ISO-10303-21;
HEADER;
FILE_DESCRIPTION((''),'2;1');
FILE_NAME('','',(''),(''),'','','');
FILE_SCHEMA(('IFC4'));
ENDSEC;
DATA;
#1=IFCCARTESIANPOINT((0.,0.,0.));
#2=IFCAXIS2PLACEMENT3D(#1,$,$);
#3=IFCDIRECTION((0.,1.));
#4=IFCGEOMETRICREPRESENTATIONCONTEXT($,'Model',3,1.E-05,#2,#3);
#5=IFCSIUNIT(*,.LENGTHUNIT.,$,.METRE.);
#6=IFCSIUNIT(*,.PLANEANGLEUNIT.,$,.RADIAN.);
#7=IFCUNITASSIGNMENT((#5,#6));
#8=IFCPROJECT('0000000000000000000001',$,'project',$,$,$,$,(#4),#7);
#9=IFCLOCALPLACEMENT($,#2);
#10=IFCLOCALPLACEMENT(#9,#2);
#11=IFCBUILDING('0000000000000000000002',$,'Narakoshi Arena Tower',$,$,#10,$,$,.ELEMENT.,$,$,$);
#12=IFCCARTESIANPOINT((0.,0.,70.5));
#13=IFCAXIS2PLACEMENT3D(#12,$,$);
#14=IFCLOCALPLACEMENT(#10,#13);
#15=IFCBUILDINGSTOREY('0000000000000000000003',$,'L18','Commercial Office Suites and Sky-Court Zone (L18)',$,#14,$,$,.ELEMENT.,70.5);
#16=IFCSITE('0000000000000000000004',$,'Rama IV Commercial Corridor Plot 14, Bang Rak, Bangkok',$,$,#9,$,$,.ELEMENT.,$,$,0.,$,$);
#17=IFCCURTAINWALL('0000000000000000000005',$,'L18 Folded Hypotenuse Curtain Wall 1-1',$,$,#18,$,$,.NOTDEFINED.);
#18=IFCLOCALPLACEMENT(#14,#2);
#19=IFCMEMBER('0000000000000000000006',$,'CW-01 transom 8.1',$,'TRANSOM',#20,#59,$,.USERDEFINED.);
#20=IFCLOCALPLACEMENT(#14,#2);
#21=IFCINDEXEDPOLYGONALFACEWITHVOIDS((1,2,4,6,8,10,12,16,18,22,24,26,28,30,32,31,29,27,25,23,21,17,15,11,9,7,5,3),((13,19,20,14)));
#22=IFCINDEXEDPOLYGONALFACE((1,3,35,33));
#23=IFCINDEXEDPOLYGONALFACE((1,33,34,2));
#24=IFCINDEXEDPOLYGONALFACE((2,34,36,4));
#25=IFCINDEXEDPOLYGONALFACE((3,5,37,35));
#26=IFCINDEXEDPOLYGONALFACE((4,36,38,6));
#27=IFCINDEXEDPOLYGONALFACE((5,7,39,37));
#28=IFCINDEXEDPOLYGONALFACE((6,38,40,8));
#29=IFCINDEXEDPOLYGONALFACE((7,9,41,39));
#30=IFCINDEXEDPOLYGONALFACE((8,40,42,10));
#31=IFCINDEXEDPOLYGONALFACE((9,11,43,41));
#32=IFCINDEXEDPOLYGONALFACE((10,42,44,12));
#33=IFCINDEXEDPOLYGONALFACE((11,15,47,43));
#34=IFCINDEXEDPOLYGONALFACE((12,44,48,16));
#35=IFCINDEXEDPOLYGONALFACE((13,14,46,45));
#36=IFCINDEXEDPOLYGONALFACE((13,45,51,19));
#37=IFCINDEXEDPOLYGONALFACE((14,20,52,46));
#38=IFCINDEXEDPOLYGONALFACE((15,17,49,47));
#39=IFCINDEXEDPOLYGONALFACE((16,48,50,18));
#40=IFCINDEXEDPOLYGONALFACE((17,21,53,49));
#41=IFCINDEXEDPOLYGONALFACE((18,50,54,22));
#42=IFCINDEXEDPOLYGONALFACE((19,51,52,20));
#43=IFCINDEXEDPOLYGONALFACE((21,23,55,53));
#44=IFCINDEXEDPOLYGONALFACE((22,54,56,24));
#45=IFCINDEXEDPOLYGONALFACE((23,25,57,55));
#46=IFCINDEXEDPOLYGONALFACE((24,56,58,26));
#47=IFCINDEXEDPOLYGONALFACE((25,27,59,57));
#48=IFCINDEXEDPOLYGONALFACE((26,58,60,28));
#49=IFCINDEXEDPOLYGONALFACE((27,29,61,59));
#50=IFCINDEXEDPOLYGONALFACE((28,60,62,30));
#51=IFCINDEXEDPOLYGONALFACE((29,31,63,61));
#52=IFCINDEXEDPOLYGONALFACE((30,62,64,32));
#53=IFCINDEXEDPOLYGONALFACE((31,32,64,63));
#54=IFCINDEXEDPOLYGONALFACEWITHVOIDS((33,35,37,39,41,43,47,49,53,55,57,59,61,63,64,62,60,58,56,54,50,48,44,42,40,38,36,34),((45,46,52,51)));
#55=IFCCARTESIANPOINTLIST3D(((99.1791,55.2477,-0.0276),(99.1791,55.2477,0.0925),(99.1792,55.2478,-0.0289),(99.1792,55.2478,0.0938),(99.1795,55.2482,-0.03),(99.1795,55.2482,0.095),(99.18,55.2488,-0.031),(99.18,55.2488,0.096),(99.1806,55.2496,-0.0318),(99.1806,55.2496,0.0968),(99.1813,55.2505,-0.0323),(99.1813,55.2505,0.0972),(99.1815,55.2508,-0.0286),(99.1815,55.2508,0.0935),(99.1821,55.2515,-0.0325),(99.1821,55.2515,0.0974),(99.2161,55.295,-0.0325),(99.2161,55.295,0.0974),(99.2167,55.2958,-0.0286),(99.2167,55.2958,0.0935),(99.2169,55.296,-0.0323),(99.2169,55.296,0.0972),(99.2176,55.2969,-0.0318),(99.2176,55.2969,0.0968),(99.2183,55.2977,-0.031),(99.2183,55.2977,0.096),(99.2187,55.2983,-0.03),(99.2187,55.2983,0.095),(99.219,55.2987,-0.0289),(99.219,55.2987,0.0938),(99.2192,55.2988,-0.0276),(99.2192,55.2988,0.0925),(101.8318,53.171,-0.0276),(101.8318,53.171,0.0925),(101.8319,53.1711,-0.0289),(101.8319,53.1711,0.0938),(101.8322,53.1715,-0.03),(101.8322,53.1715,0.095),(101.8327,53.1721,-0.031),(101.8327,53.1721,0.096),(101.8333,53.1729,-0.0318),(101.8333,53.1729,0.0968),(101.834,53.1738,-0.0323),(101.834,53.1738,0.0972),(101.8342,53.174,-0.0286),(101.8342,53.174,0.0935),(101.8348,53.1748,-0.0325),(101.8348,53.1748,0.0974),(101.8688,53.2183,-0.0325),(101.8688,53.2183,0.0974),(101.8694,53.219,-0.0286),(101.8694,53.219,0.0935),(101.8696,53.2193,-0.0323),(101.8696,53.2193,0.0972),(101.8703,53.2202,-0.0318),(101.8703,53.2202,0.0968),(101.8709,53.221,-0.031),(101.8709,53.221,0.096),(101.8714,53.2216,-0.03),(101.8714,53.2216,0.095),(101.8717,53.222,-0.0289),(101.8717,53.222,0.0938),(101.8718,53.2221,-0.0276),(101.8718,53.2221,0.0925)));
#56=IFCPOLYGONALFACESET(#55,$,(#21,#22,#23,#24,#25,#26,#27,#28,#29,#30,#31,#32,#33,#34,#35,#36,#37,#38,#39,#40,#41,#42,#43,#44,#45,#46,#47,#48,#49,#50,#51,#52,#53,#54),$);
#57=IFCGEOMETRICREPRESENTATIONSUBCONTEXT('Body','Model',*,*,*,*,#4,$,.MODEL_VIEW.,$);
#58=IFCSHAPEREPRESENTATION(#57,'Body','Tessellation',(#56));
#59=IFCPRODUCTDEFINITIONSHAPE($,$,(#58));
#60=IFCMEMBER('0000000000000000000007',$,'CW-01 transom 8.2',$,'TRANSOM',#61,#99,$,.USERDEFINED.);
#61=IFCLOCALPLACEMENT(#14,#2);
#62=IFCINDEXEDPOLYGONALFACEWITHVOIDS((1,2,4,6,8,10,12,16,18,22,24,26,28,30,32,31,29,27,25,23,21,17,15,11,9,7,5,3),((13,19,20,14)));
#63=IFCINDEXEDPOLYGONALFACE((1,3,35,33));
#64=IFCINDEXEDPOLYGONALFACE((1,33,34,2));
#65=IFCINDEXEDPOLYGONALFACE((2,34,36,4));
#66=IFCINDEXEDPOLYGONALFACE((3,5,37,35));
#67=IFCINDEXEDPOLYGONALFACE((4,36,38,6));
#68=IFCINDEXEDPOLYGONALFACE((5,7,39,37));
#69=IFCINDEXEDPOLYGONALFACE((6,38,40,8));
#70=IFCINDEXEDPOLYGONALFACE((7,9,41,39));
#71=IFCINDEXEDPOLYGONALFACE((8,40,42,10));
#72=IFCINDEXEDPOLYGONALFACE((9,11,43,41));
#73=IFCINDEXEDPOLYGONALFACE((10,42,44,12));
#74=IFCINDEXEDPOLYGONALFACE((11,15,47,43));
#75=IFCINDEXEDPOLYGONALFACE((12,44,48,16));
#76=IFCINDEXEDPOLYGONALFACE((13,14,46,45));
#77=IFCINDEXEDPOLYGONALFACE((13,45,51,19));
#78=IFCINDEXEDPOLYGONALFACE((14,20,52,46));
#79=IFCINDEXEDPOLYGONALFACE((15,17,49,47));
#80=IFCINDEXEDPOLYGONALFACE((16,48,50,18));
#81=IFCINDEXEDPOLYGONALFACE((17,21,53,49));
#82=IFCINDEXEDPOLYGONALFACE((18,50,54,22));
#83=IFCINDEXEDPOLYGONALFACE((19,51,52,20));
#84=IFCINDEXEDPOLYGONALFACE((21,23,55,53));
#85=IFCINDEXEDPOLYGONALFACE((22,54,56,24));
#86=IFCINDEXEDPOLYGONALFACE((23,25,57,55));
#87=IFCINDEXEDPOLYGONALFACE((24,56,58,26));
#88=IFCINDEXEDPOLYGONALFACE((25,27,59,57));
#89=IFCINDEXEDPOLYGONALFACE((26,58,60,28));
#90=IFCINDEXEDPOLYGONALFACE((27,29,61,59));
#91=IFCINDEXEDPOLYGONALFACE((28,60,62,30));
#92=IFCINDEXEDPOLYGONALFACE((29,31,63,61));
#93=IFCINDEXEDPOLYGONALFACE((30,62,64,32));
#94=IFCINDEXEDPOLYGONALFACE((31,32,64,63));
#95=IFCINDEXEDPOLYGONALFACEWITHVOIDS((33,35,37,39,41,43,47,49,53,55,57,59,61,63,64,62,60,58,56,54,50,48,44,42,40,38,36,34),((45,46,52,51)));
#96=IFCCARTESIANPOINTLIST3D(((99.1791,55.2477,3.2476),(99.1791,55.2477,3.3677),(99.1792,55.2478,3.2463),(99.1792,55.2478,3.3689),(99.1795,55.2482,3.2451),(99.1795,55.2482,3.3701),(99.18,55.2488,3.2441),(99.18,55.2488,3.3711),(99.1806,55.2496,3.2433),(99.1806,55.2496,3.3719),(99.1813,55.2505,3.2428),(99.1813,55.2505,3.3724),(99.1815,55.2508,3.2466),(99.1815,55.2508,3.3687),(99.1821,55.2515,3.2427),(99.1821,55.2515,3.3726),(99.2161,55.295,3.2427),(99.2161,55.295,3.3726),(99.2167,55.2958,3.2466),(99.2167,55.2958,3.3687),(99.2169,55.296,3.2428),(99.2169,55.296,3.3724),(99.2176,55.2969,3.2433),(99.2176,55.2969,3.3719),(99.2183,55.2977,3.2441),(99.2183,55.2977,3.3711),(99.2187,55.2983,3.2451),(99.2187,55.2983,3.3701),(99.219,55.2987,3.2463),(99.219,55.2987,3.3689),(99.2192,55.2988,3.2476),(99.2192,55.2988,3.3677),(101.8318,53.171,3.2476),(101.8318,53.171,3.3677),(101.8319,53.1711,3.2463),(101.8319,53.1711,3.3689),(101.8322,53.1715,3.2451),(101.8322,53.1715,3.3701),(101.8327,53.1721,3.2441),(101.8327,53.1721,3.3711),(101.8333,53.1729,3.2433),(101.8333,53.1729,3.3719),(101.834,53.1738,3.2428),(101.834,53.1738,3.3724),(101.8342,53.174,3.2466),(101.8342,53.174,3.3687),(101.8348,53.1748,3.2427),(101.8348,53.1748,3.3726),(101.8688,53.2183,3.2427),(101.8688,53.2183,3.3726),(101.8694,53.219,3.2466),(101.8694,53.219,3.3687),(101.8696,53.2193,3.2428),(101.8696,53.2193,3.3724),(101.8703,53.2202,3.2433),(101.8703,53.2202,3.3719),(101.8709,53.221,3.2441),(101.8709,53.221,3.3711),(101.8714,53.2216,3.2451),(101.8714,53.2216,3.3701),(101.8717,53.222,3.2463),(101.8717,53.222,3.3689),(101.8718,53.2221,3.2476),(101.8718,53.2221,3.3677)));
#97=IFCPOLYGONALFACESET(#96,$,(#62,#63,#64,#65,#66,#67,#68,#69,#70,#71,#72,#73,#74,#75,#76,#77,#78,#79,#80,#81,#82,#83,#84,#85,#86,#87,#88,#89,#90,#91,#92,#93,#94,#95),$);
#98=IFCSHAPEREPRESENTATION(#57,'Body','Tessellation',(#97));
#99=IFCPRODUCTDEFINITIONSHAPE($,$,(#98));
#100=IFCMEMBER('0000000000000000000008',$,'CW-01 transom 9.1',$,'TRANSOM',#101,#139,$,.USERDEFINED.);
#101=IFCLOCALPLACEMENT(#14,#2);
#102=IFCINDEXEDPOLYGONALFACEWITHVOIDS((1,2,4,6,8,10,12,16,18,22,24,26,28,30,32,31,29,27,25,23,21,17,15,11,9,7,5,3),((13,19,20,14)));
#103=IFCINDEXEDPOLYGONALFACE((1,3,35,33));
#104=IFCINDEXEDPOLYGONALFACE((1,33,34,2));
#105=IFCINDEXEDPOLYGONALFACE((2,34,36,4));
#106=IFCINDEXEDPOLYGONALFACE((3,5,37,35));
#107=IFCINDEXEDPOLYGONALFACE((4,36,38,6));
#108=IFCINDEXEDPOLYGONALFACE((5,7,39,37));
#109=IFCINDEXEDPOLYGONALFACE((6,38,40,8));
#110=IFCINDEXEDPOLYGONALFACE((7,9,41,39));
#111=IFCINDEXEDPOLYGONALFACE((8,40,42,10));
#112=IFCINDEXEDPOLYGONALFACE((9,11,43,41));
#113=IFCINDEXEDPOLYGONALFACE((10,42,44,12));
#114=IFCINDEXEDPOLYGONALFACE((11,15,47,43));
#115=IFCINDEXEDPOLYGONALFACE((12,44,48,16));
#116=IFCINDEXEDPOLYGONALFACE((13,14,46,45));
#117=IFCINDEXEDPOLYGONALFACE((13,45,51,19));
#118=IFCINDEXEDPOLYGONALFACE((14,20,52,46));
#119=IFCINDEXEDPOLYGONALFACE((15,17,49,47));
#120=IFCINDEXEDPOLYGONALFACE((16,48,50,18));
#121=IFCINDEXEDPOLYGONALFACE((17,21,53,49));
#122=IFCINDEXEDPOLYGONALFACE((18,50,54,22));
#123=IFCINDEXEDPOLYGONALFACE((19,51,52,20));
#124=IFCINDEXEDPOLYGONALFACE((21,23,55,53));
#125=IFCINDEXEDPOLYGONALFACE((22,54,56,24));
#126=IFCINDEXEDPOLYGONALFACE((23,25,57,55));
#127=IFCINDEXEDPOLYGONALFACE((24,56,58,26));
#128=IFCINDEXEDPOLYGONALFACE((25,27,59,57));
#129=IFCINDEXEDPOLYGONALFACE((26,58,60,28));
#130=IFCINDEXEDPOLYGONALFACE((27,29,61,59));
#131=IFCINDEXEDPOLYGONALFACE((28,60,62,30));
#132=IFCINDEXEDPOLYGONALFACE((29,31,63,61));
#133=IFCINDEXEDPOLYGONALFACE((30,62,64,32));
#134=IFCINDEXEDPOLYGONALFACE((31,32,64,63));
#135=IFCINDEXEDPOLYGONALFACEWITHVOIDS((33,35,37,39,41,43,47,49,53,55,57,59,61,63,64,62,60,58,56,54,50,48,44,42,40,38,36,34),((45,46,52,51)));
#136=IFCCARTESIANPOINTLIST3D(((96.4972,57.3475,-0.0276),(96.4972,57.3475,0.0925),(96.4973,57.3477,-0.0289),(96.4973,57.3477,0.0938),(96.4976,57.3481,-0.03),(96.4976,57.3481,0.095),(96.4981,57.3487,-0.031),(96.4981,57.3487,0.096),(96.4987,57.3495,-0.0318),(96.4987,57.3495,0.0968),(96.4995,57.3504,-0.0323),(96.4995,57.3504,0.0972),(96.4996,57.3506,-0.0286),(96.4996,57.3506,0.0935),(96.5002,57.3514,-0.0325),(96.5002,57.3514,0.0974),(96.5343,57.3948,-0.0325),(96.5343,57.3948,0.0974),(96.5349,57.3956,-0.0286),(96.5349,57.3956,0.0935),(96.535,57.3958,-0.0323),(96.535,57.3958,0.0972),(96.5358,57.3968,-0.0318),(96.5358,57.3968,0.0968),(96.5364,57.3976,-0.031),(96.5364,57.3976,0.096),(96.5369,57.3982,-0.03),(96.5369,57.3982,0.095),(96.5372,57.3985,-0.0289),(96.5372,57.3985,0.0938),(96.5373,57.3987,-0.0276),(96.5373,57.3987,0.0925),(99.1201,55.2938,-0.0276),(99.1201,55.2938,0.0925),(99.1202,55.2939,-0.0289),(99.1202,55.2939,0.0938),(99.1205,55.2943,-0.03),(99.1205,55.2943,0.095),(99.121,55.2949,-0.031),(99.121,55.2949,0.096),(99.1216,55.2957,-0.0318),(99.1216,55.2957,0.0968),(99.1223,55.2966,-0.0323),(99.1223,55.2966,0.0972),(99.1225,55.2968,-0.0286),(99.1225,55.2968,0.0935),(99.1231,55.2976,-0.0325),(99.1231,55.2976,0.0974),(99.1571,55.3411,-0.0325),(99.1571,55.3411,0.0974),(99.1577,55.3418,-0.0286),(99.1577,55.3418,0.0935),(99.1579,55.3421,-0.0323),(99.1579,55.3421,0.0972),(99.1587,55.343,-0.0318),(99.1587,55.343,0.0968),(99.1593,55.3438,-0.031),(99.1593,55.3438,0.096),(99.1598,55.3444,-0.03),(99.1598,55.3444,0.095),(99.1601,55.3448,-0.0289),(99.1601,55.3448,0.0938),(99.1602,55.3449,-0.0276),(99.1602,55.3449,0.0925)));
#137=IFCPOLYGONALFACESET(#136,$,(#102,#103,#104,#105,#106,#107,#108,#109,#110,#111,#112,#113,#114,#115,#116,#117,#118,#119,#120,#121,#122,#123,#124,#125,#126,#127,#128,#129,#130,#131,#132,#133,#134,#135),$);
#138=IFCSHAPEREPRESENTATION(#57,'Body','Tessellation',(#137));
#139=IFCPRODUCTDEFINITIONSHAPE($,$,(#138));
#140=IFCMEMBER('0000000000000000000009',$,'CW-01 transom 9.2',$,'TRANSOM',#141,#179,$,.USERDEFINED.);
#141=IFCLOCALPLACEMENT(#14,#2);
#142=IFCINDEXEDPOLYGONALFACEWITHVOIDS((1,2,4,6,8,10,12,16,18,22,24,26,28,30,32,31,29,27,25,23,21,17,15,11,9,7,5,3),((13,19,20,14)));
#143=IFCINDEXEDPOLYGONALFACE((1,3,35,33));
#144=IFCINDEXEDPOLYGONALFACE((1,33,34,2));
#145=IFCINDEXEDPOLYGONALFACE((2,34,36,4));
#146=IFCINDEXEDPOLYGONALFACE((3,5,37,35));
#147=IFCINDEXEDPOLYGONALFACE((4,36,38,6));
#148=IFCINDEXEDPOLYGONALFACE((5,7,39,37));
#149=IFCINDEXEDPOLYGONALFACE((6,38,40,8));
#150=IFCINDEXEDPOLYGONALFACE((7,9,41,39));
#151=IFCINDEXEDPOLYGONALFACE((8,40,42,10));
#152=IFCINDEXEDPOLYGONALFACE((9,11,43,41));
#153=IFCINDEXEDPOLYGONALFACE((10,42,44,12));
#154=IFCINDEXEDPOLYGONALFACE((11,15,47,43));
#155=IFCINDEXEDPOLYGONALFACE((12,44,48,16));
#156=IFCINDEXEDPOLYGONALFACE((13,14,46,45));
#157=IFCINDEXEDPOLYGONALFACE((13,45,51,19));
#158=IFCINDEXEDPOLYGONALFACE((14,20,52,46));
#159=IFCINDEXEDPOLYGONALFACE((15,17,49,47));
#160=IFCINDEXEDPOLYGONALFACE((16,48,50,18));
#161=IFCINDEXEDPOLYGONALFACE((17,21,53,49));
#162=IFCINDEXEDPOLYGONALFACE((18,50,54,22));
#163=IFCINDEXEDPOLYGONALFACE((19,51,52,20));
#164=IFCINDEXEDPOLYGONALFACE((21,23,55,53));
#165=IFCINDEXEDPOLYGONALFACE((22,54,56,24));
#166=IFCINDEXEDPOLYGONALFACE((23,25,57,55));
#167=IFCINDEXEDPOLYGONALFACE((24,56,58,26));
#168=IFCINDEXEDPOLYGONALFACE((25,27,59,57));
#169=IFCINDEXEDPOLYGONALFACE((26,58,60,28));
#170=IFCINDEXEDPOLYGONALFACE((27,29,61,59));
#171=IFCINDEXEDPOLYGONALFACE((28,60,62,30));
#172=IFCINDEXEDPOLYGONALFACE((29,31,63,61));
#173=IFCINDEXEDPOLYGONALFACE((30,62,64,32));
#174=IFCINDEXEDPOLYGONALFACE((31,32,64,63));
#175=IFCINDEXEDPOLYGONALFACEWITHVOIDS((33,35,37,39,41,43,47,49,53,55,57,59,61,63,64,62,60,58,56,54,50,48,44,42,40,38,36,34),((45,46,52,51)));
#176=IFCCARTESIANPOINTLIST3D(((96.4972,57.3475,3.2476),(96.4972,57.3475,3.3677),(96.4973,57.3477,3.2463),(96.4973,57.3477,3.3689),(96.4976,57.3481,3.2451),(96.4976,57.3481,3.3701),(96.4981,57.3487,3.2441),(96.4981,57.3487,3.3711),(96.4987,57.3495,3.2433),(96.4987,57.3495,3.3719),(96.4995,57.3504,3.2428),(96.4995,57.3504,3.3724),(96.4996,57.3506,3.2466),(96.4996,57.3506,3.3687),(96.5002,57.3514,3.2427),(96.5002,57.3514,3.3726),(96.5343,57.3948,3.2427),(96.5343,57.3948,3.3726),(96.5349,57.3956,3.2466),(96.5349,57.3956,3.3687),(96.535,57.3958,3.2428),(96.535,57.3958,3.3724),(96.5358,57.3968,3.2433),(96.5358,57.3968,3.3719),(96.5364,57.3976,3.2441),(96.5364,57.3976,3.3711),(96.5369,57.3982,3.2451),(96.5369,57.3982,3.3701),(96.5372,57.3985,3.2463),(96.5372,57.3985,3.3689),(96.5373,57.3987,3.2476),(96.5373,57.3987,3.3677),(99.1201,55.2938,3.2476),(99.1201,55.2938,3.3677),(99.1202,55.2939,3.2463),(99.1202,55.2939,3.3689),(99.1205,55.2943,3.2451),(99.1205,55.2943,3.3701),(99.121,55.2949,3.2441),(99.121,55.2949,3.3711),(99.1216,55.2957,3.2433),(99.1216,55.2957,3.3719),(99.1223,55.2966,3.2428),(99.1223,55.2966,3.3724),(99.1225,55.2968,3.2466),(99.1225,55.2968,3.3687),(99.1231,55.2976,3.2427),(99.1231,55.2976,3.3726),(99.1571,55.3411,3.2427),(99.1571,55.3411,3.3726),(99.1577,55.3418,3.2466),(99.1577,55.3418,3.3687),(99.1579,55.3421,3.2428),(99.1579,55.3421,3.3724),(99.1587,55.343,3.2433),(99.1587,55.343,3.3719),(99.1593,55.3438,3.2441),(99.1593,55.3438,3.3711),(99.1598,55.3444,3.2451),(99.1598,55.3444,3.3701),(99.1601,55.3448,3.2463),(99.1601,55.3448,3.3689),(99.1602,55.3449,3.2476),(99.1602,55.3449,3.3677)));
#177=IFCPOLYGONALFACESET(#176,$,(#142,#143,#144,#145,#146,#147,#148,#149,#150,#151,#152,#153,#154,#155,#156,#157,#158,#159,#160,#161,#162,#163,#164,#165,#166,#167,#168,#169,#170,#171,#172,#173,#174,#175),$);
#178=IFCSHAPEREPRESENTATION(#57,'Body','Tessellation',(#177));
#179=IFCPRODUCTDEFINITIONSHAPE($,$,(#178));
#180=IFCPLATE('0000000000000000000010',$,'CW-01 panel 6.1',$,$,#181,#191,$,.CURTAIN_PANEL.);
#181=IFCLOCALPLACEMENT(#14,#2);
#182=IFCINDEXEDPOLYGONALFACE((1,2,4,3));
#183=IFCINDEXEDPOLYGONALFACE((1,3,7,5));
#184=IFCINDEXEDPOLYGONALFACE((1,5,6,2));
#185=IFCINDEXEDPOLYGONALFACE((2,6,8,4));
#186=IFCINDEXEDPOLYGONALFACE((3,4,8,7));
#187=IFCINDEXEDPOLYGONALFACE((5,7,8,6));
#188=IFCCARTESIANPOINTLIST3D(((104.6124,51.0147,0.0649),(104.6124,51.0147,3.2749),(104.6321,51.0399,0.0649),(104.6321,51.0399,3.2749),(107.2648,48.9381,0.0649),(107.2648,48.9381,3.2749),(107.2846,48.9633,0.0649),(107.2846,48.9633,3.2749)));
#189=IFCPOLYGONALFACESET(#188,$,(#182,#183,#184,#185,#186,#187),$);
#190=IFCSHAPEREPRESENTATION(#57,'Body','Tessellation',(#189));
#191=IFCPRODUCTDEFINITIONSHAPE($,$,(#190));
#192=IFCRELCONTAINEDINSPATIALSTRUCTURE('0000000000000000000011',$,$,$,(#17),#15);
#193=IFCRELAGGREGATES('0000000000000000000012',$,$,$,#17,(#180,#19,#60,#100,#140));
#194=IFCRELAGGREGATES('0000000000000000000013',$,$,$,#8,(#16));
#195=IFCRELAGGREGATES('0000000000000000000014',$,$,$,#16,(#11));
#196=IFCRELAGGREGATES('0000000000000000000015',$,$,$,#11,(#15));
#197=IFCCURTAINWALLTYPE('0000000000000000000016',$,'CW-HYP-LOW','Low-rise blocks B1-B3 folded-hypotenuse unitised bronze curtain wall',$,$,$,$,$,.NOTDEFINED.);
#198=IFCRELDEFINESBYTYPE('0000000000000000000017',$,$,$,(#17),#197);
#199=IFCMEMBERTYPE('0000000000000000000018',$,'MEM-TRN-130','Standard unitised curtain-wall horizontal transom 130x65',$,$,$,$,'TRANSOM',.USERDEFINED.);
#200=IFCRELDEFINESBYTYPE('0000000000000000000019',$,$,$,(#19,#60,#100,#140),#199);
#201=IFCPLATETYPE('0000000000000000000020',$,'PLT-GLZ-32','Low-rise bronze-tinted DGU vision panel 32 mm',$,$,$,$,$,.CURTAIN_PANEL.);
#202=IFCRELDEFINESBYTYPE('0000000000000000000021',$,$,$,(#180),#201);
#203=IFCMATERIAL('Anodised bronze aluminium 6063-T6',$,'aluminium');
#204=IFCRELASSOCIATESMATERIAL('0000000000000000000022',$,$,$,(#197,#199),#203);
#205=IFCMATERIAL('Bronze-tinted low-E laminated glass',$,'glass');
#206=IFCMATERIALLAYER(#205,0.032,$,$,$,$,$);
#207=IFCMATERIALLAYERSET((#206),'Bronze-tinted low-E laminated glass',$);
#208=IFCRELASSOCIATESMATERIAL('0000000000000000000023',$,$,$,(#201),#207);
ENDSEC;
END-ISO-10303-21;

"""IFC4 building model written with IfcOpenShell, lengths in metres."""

from ifc_helpers import new_model, si_unit, direction, frame, origin, origin_2d, place, context, subcontext, project, spatial, rectangle, hollow_rectangle, extrude, material, layer, layer_set, material_profile, profile_set, type_object, element, aggregate, save


model = new_model("IFC4")

# Units and contexts
model_context = context("Model", 3, precision=1e-05, world=origin(), true_north=direction((0.0, 1.0)))
body_context = subcontext(model_context, "Body", "Model", "MODEL_VIEW")
ifc_project = project(units=[si_unit("LENGTHUNIT", "METRE"), si_unit("PLANEANGLEUNIT", "RADIAN")], contexts=[model_context])

# Site, building, storey
site_placement = place(None, origin())
site = spatial("IfcSite", under=ifc_project, at=site_placement, Name="Rama IV Commercial Corridor Plot 14, Bang Rak, Bangkok", CompositionType="ELEMENT", RefElevation=0.0)
building_placement = place(site_placement, origin())
building = spatial("IfcBuilding", under=site, at=building_placement, Name="Narakoshi Arena Tower", CompositionType="ELEMENT")
storey_placement = place(building_placement, frame((0.0, 0.0, 70.5)))
storey = spatial("IfcBuildingStorey", under=building, at=storey_placement, Name="L18", Description="Commercial Office Suites and Sky-Court Zone (L18)", CompositionType="ELEMENT", Elevation=70.5)

# Curtain wall, members, plate
ifc_material_1 = material(Name="Anodised bronze aluminium 6063-T6", Category="aluminium")
curtain_wall_type = type_object("IfcCurtainWallType", Name="CW-HYP-LOW", Description="Low-rise blocks B1-B3 folded-hypotenuse unitised bronze curtain wall", PredefinedType="NOTDEFINED", material=ifc_material_1)
curtain_wall_placement = place(storey_placement, origin())
curtain_wall = element("IfcCurtainWall", 1, at=curtain_wall_placement, inside=storey, type_object=curtain_wall_type, Name="L18 Folded Hypotenuse Curtain Wall 1-1", PredefinedType="NOTDEFINED")
ifc_material_profile_1 = material_profile(ifc_material_1, hollow_rectangle(XDim=0.0649, YDim=0.1299, WallThickness=0.0039, OuterFilletRadius=0.0049, at=origin_2d()), Name="TRN130x65x4")
ifc_profile_set_1 = profile_set([ifc_material_profile_1], Name="Anodised bronze aluminium 6063-T6")
member_type_1 = type_object("IfcMemberType", Name="MEM-TRN-130", Description="Standard unitised curtain-wall horizontal transom 130x65", ElementType="TRANSOM", PredefinedType="USERDEFINED", material=ifc_profile_set_1)
member_1_placement = place(storey_placement, frame((101.8518, 53.1965, 0.0325), z_axis=(-0.787401, 0.616441, 0.0), x_axis=(-0.616441, -0.787401, 0.0)))
member_1 = element("IfcMember", 2, at=member_1_placement, type_object=member_type_1, Name="CW-01 transom 8.1", ObjectType="TRANSOM", PredefinedType="USERDEFINED", context=body_context, shape_type="SweptSolid", body=[
    extrude(hollow_rectangle(XDim=0.0649, YDim=0.1299, WallThickness=0.0039, OuterFilletRadius=0.0049, at=origin_2d()), origin(), (0.0, 0.0, 1.0), 3.3689),
])
member_2_placement = place(storey_placement, frame((101.8518, 53.1965, 3.3076), z_axis=(-0.787401, 0.616441, 0.0), x_axis=(-0.616441, -0.787401, 0.0)))
member_2 = element("IfcMember", 3, at=member_2_placement, type_object=member_type_1, Name="CW-01 transom 8.2", ObjectType="TRANSOM", PredefinedType="USERDEFINED", context=body_context, shape_type="SweptSolid", body=[
    extrude(hollow_rectangle(XDim=0.0649, YDim=0.1299, WallThickness=0.0039, OuterFilletRadius=0.0049, at=origin_2d()), origin(), (0.0, 0.0, 1.0), 3.3689),
])
member_3_placement = place(storey_placement, frame((99.1401, 55.3193, 0.0325), z_axis=(-0.787347, 0.61651, 0.0), x_axis=(-0.61651, -0.787347, 0.0)))
member_3 = element("IfcMember", 4, at=member_3_placement, type_object=member_type_1, Name="CW-01 transom 9.1", ObjectType="TRANSOM", PredefinedType="USERDEFINED", context=body_context, shape_type="SweptSolid", body=[
    extrude(hollow_rectangle(XDim=0.0649, YDim=0.1299, WallThickness=0.0039, OuterFilletRadius=0.0049, at=origin_2d()), origin(), (0.0, 0.0, 1.0), 3.3313),
])
member_4_placement = place(storey_placement, frame((99.1401, 55.3193, 3.3076), z_axis=(-0.787347, 0.61651, 0.0), x_axis=(-0.61651, -0.787347, 0.0)))
member_4 = element("IfcMember", 5, at=member_4_placement, type_object=member_type_1, Name="CW-01 transom 9.2", ObjectType="TRANSOM", PredefinedType="USERDEFINED", context=body_context, shape_type="SweptSolid", body=[
    extrude(hollow_rectangle(XDim=0.0649, YDim=0.1299, WallThickness=0.0039, OuterFilletRadius=0.0049, at=origin_2d()), origin(), (0.0, 0.0, 1.0), 3.3313),
])
ifc_material_2 = material(Name="Bronze-tinted low-E laminated glass", Category="glass")
ifc_layer_1 = layer(ifc_material_2, 0.032)
ifc_layer_set_1 = layer_set([ifc_layer_1], Name="Bronze-tinted low-E laminated glass")
plate_type = type_object("IfcPlateType", Name="PLT-GLZ-32", Description="Low-rise bronze-tinted DGU vision panel 32 mm", PredefinedType="CURTAIN_PANEL", material=ifc_layer_set_1)
plate_1_placement = place(storey_placement, frame((105.9485, 49.989, 0.0649), z_axis=(0.0, 0.0, 1.0), x_axis=(-0.787388, 0.616458, 0.0)))
plate_1 = element("IfcPlate", 6, at=plate_1_placement, type_object=plate_type, Name="CW-01 panel 6.1", PredefinedType="CURTAIN_PANEL", context=body_context, shape_type="SweptSolid", body=[
    extrude(rectangle(XDim=3.3687, YDim=0.032, at=origin_2d()), origin(), (0.0, 0.0, 1.0), 3.21),
])
aggregate(curtain_wall, [plate_1, member_1, member_2, member_3, member_4])

save(model, "model.ifc")
